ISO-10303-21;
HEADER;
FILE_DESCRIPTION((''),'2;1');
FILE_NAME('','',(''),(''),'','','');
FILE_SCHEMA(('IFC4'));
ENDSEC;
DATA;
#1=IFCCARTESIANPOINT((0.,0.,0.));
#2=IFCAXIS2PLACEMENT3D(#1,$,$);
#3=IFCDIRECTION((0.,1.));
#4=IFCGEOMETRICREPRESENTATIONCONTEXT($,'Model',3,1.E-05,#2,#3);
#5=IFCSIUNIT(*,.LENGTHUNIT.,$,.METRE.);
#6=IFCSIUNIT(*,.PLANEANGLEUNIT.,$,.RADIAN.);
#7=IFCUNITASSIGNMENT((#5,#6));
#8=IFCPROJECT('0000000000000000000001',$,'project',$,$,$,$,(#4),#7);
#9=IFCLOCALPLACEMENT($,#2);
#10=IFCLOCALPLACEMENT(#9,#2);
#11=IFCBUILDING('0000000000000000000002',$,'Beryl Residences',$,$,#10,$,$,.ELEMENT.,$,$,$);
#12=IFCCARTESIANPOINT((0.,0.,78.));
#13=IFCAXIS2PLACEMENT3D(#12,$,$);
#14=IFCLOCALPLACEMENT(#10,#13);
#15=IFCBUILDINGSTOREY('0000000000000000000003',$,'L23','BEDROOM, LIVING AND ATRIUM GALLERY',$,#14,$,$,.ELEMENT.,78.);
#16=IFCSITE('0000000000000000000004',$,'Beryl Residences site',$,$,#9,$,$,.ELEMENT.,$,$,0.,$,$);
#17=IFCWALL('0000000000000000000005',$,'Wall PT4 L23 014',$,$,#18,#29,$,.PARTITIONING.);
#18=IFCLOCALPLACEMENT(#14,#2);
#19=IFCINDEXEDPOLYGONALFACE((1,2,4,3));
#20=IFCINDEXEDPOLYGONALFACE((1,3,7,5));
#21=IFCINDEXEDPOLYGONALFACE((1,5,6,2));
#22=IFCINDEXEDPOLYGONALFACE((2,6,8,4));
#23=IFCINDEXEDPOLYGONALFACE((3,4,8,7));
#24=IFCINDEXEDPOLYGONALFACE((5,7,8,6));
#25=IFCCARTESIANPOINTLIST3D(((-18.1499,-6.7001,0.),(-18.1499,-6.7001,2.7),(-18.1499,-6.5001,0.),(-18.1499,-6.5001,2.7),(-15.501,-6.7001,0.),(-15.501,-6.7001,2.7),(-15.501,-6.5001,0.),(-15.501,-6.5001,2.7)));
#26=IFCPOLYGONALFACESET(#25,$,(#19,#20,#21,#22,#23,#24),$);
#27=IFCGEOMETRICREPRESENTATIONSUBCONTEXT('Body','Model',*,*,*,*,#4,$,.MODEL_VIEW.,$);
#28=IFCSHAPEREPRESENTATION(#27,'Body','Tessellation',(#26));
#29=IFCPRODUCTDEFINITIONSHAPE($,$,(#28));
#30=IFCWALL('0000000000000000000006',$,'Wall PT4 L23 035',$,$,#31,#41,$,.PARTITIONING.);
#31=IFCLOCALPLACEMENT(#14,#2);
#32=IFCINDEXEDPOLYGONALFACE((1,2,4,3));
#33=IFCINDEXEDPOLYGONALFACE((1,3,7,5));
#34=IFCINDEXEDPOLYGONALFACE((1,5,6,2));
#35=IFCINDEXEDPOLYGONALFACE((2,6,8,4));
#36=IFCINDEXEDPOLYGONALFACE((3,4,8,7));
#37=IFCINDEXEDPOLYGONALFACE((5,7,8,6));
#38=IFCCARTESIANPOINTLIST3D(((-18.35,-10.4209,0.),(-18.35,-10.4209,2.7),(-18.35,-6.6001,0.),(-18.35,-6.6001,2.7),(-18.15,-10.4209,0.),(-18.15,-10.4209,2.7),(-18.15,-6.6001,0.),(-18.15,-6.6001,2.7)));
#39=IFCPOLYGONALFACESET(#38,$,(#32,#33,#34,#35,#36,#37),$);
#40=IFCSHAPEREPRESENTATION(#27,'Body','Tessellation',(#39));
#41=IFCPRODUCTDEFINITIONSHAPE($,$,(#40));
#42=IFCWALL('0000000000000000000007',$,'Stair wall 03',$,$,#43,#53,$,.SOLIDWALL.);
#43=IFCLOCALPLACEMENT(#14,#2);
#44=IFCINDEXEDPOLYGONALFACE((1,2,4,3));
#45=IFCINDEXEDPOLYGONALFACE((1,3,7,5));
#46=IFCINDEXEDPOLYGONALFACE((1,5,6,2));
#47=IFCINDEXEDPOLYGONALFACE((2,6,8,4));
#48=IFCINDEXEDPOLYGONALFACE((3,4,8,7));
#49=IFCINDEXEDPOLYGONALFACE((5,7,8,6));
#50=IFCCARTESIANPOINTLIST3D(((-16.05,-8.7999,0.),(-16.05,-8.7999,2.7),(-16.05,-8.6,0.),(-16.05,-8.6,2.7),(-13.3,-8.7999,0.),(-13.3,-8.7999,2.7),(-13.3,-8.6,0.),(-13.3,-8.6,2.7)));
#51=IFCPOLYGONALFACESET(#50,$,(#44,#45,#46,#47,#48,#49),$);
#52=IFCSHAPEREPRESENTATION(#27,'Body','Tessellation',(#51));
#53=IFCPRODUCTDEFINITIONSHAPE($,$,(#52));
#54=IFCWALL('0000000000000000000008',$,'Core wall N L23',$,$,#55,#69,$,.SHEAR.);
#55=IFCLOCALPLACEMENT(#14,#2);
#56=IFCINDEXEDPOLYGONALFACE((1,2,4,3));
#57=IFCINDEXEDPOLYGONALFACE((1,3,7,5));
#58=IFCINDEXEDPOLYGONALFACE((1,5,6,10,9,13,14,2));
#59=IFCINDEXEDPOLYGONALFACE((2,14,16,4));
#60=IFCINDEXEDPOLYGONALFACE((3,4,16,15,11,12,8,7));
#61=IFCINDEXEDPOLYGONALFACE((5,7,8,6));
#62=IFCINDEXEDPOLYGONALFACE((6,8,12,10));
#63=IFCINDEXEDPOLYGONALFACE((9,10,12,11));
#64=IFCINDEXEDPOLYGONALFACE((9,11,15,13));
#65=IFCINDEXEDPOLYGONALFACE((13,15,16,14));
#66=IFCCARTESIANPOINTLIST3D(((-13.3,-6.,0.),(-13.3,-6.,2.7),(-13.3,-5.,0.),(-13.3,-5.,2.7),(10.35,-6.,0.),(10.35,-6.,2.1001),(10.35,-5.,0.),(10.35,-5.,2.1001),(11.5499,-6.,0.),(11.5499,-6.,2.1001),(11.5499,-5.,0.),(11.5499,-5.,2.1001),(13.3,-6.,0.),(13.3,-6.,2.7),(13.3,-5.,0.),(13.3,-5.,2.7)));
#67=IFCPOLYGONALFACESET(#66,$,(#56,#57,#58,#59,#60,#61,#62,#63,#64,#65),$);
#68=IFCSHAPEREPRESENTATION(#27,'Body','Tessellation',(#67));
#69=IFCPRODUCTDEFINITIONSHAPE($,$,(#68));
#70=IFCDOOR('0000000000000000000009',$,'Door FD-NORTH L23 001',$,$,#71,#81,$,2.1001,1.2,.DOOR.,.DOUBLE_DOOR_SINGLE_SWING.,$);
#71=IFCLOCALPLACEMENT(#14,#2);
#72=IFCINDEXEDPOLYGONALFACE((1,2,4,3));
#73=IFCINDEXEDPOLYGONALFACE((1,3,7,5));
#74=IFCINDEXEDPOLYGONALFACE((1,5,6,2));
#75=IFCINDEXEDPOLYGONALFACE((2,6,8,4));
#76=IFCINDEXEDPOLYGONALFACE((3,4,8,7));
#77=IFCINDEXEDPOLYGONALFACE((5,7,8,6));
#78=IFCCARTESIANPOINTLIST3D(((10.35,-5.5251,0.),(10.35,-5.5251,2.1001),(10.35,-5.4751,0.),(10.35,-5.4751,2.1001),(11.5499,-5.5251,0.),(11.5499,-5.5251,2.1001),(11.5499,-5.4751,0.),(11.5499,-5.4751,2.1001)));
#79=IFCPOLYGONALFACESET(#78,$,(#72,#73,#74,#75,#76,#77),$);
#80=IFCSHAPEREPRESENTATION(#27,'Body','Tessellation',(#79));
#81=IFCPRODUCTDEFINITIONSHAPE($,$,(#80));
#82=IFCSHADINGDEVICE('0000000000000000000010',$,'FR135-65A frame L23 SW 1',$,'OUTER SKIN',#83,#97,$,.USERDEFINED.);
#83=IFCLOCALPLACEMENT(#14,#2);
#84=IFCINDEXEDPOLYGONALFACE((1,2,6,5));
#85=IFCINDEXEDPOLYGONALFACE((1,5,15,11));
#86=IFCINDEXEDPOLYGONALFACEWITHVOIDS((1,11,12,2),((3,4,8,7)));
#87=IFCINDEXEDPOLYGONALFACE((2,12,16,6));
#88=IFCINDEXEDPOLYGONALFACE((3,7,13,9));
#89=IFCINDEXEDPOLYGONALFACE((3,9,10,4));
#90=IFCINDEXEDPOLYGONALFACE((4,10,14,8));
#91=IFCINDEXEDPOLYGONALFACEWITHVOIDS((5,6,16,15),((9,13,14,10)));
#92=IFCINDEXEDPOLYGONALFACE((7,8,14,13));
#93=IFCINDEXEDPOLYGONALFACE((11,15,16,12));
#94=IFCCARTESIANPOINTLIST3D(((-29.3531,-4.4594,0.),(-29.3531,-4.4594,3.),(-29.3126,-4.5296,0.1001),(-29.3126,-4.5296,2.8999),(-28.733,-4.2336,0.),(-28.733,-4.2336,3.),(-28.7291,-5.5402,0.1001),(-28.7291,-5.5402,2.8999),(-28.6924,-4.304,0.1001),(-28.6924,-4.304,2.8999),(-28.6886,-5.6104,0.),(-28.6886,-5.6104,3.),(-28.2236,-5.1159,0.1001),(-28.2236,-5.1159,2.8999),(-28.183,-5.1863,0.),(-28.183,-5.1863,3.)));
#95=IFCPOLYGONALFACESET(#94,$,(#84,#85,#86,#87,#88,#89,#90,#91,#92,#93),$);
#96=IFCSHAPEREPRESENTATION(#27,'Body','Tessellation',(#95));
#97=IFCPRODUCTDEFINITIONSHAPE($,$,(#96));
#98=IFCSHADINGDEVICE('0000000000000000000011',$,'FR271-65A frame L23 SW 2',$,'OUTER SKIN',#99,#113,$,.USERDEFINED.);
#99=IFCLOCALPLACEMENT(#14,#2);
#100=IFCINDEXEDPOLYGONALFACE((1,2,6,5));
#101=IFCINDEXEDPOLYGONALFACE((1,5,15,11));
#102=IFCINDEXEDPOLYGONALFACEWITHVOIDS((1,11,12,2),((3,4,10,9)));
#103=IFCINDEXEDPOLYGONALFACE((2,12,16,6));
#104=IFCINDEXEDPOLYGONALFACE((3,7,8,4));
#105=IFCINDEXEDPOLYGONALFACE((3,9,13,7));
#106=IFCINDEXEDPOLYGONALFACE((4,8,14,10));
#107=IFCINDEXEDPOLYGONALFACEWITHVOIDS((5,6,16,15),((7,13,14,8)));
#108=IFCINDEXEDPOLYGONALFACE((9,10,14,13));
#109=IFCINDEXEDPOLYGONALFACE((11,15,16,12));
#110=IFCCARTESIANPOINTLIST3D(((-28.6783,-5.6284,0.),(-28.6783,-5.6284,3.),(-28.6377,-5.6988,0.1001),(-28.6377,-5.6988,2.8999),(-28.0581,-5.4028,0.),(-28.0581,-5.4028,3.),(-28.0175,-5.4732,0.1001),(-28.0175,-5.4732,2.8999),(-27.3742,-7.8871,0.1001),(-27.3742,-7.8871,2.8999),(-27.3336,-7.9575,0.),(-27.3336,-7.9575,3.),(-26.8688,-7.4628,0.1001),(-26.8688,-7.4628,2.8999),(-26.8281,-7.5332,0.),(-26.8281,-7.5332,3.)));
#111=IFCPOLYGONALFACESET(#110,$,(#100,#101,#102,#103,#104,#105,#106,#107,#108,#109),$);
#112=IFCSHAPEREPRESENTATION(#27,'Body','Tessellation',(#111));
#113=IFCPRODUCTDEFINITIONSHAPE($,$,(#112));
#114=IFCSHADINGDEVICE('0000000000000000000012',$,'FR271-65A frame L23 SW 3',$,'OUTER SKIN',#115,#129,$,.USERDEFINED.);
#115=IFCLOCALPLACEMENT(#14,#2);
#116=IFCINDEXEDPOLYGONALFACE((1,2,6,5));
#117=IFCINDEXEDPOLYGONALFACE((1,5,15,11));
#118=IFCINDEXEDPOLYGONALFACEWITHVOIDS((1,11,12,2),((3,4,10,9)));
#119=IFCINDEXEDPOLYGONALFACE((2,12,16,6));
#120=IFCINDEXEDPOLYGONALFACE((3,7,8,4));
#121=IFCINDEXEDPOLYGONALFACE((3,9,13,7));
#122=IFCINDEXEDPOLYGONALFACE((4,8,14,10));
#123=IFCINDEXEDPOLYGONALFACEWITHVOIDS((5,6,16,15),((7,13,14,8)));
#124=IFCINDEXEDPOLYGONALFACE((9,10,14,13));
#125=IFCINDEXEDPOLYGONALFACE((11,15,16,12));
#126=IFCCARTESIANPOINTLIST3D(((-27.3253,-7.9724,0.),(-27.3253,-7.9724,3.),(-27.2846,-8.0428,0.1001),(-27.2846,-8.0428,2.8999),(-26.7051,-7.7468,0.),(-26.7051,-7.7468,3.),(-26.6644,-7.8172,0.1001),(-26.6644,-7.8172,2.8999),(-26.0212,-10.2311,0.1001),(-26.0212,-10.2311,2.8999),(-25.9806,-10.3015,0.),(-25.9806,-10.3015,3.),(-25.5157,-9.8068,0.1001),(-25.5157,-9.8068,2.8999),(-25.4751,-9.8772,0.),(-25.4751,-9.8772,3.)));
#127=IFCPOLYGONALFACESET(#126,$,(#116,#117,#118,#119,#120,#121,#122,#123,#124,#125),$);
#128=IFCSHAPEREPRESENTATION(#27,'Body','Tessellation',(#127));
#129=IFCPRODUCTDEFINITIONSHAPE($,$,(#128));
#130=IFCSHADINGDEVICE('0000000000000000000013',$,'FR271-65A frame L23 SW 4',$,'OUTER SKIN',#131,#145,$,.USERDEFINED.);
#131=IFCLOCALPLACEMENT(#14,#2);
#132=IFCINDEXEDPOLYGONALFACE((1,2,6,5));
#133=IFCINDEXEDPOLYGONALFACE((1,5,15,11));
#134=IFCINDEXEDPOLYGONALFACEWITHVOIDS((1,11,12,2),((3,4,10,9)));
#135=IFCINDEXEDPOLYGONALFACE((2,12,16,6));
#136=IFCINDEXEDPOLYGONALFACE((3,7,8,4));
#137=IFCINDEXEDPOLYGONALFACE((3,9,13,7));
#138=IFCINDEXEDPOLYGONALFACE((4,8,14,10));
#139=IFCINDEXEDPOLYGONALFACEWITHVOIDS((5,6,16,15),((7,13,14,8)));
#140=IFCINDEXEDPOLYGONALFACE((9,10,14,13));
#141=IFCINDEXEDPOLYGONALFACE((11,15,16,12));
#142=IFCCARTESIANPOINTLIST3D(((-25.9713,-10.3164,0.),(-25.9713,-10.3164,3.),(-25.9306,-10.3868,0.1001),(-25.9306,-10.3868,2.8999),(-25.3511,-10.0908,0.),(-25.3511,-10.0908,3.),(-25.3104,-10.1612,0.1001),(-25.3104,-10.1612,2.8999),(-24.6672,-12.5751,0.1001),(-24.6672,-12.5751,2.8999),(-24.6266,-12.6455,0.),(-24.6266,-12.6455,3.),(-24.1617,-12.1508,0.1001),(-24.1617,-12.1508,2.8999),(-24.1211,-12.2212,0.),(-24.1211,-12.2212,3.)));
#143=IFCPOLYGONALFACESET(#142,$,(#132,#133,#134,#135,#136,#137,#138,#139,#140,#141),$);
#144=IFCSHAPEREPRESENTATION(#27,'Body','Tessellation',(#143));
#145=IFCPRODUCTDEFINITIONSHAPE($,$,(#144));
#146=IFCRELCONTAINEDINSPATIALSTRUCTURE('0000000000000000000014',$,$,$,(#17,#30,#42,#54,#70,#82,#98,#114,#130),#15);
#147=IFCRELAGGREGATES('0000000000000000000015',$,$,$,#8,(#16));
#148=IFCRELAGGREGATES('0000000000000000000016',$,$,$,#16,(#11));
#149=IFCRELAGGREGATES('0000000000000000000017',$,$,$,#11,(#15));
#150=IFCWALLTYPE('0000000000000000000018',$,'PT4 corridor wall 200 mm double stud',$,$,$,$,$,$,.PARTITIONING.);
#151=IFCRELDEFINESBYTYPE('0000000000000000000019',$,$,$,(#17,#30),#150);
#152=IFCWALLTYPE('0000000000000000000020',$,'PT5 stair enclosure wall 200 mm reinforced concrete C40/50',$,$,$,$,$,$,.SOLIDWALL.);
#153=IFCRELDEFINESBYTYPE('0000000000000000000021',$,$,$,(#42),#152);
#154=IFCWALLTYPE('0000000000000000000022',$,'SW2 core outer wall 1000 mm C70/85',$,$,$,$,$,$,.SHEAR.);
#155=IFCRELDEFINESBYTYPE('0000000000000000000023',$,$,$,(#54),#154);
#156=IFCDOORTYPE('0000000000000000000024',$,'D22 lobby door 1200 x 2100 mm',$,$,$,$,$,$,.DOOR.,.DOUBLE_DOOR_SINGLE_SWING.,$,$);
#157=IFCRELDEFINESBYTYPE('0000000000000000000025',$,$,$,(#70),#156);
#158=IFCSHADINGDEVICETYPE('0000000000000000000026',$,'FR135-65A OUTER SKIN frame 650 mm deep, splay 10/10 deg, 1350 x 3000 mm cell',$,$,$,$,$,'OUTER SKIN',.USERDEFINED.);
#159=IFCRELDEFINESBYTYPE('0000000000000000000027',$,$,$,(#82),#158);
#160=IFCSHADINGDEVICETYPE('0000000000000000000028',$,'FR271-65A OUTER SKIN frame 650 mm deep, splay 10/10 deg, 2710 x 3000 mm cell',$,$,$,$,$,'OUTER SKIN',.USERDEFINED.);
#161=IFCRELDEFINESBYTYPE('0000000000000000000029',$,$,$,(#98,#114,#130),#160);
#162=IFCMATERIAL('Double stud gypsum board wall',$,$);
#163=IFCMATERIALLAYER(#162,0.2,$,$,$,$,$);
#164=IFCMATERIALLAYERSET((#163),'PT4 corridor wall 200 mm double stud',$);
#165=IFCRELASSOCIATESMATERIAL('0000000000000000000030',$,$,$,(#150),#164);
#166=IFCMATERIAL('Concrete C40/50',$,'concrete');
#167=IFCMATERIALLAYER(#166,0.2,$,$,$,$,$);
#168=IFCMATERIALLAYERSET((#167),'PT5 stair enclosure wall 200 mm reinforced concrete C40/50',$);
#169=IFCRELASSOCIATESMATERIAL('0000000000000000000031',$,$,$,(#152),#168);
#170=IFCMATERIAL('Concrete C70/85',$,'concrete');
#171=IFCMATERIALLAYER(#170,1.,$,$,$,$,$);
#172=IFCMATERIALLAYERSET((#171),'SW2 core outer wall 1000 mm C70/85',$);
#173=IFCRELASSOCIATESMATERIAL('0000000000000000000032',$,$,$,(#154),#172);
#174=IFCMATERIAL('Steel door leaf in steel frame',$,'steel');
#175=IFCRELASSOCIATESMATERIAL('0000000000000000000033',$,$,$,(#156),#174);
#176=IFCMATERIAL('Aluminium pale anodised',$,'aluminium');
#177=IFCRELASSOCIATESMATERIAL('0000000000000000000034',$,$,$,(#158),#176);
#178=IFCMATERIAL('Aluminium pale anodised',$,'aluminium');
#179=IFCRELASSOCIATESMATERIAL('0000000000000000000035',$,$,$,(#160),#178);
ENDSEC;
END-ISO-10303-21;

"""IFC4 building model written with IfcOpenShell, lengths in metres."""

from ifc_helpers import new_model, entity, si_unit, direction, frame, frame_2d, origin, place, context, subcontext, project, spatial, rectangle, extrude, source, transform, mapped, material, layer, layer_set, type_object, type_shapes, element, fill, save


model = new_model("IFC4")

# Units and contexts
model_context = context("Model", 3, precision=1e-05, world=origin(), true_north=direction((0.0, 1.0)))
body_context = subcontext(model_context, "Body", "Model", "MODEL_VIEW")
ifc_project = project(units=[si_unit("LENGTHUNIT", "METRE"), si_unit("PLANEANGLEUNIT", "RADIAN")], contexts=[model_context])

# Site, building, storey
site_placement = place(None, origin())
site = spatial("IfcSite", under=ifc_project, at=site_placement, Name="Beryl Residences site", CompositionType="ELEMENT", RefElevation=0.0)
building_placement = place(site_placement, origin())
building = spatial("IfcBuilding", under=site, at=building_placement, Name="Beryl Residences", CompositionType="ELEMENT")
storey_placement = place(building_placement, frame((0.0, 0.0, 78.0)))
storey = spatial("IfcBuildingStorey", under=building, at=storey_placement, Name="L23", Description="BEDROOM, LIVING AND ATRIUM GALLERY", CompositionType="ELEMENT", Elevation=78.0)

# Walls
ifc_material_1 = material(Name="Double stud gypsum board wall")
ifc_layer_1 = layer(ifc_material_1, 0.2)
ifc_layer_set_1 = layer_set([ifc_layer_1], Name="PT4 corridor wall 200 mm double stud")
wall_type_1 = type_object("IfcWallType", Name="PT4 corridor wall 200 mm double stud", PredefinedType="PARTITIONING", material=ifc_layer_set_1)
wall_1_placement = place(storey_placement, frame((-18.1499, -6.6001, 0.0), z_axis=(0.0, 0.0, 1.0), x_axis=(1.0, 0.0, 0.0)))
element("IfcWall", 1, at=wall_1_placement, inside=storey, type_object=wall_type_1, Name="Wall PT4 L23 014", PredefinedType="PARTITIONING", context=body_context, shape_type="SweptSolid", body=[
    extrude(rectangle(XDim=2.6489, YDim=0.2, at=frame_2d((1.3245, 0.0))), origin(), (0.0, 0.0, 1.0), 2.7),
])
wall_2_placement = place(storey_placement, frame((-18.25, -10.4209, 0.0), z_axis=(0.0, 0.0, 1.0), x_axis=(0.0, 1.0, 0.0)))
element("IfcWall", 2, at=wall_2_placement, inside=storey, type_object=wall_type_1, Name="Wall PT4 L23 035", PredefinedType="PARTITIONING", context=body_context, shape_type="SweptSolid", body=[
    extrude(rectangle(XDim=3.8208, YDim=0.2, at=frame_2d((1.9104, 0.0))), origin(), (0.0, 0.0, 1.0), 2.7),
])
ifc_material_2 = material(Name="Concrete C40/50", Category="concrete")
ifc_layer_2 = layer(ifc_material_2, 0.2)
ifc_layer_set_2 = layer_set([ifc_layer_2], Name="PT5 stair enclosure wall 200 mm reinforced concrete C40/50")
wall_type_2 = type_object("IfcWallType", Name="PT5 stair enclosure wall 200 mm reinforced concrete C40/50", PredefinedType="SOLIDWALL", material=ifc_layer_set_2)
wall_3_placement = place(storey_placement, frame((-16.05, -8.7, 0.0), z_axis=(0.0, 0.0, 1.0), x_axis=(1.0, 0.0, 0.0)))
element("IfcWall", 3, at=wall_3_placement, inside=storey, type_object=wall_type_2, Name="Stair wall 03", PredefinedType="SOLIDWALL", context=body_context, shape_type="SweptSolid", body=[
    extrude(rectangle(XDim=2.75, YDim=0.2, at=frame_2d((1.375, 0.0))), origin(), (0.0, 0.0, 1.0), 2.7),
])

# Wall, opening, door
ifc_material_3 = material(Name="Concrete C70/85", Category="concrete")
ifc_layer_3 = layer(ifc_material_3, 1.0)
ifc_layer_set_3 = layer_set([ifc_layer_3], Name="SW2 core outer wall 1000 mm C70/85")
wall_type_3 = type_object("IfcWallType", Name="SW2 core outer wall 1000 mm C70/85", PredefinedType="SHEAR", material=ifc_layer_set_3)
wall_4_placement = place(storey_placement, frame((-13.3, -5.5, 0.0), z_axis=(0.0, 0.0, 1.0), x_axis=(1.0, 0.0, 0.0)))
wall_4 = element("IfcWall", 4, at=wall_4_placement, inside=storey, type_object=wall_type_3, Name="Core wall N L23", PredefinedType="SHEAR", context=body_context, shape_type="SweptSolid", body=[
    extrude(rectangle(XDim=26.6001, YDim=1.0, at=frame_2d((13.3, 0.0))), origin(), (0.0, 0.0, 1.0), 2.7),
])
opening_1_placement = place(wall_4_placement, frame((23.6499, 0.0, 0.0)))
opening_1 = element("IfcOpeningElement", 5, at=opening_1_placement, cuts=wall_4, PredefinedType="OPENING", context=body_context, shape_type="SweptSolid", body=[
    extrude(rectangle(XDim=1.2, YDim=2.1001, at=frame_2d((0.6001, 1.05))), frame((0.0, 0.51, 0.0), z_axis=(0.0, -1.0, 0.0), x_axis=(1.0, 0.0, 0.0)), (0.0, 0.0, 1.0), 1.02),
])
ifc_material_4 = material(Name="Steel door leaf in steel frame", Category="steel")
door_type_1 = type_object("IfcDoorType", Name="D22 lobby door 1200 x 2100 mm", OperationType="DOUBLE_DOOR_SINGLE_SWING", PredefinedType="DOOR", material=ifc_material_4)
door_1_placement = place(opening_1_placement, origin())
door_1 = element("IfcDoor", 6, at=door_1_placement, inside=storey, type_object=door_type_1, Name="Door FD-NORTH L23 001", OperationType="DOUBLE_DOOR_SINGLE_SWING", OverallHeight=2.1001, OverallWidth=1.2, PredefinedType="DOOR", context=body_context, shape_type="SweptSolid", body=[
    extrude(rectangle(XDim=1.2, YDim=2.1001, at=frame_2d((0.6001, 1.05))), frame((0.0, 0.0249, 0.0), z_axis=(0.0, -1.0, 0.0), x_axis=(1.0, 0.0, 0.0)), (0.0, 0.0, 1.0), 0.05),
])
fill(opening_1, door_1)

# Shading devices
ifc_material_5 = material(Name="Aluminium pale anodised", Category="aluminium")
shading_device_type_1 = type_object("IfcShadingDeviceType", Name="FR135-65A OUTER SKIN frame 650 mm deep, splay 10/10 deg, 1350 x 3000 mm cell", ElementType="OUTER SKIN", PredefinedType="USERDEFINED", material=ifc_material_5)
cartesian_point_1 = entity("IfcCartesianPoint", [-0.55, 0.0])
cartesian_point_2 = entity("IfcCartesianPoint", [-0.4688, 0.1001])
cartesian_point_3 = entity("IfcCartesianPoint", [-0.6646, 0.0])
cartesian_point_4 = entity("IfcCartesianPoint", [-0.5835, 0.1001])
shared_shape_1 = source(origin(), body_context, "Body", "SweptSolid", [
    entity("IfcExtrudedAreaSolidTapered", entity("IfcArbitraryProfileDefWithVoids", "AREA", None, entity("IfcPolyline", [cartesian_point_1, entity("IfcCartesianPoint", [0.55, 0.0]), entity("IfcCartesianPoint", [0.55, 3.0]), entity("IfcCartesianPoint", [-0.55, 3.0]), cartesian_point_1]), [entity("IfcPolyline", [cartesian_point_2, entity("IfcCartesianPoint", [0.4688, 0.1001]), entity("IfcCartesianPoint", [0.4688, 2.8999]), entity("IfcCartesianPoint", [-0.4688, 2.8999]), cartesian_point_2])]), entity("IfcAxis2Placement3D", entity("IfcCartesianPoint", [0.0, 0.0, 0.0]), entity("IfcDirection", [0.0, 1.0, 0.0]), entity("IfcDirection", [-1.0, 0.0, 0.0])), entity("IfcDirection", [0.0, 0.0, 1.0]), 0.6499, entity("IfcArbitraryProfileDefWithVoids", "AREA", None, entity("IfcPolyline", [cartesian_point_3, entity("IfcCartesianPoint", [0.6646, 0.0]), entity("IfcCartesianPoint", [0.6646, 3.0]), entity("IfcCartesianPoint", [-0.6646, 3.0]), cartesian_point_3]), [entity("IfcPolyline", [cartesian_point_4, entity("IfcCartesianPoint", [0.5835, 0.1001]), entity("IfcCartesianPoint", [0.5835, 2.8999]), entity("IfcCartesianPoint", [-0.5835, 2.8999]), cartesian_point_4])])),
])
type_shapes(shading_device_type_1, [shared_shape_1])
shading_device_placement = place(storey_placement, frame((-28.458, -4.71, 0.0), z_axis=(0.0, 0.0, 1.0), x_axis=(-0.5, 0.866025, 0.0)))
element("IfcShadingDevice", 7, at=shading_device_placement, inside=storey, type_object=shading_device_type_1, Name="FR135-65A frame L23 SW 1", ObjectType="OUTER SKIN", PredefinedType="USERDEFINED", context=body_context, shape_type="MappedRepresentation", body=[
    mapped(shared_shape_1, transform((0.0, 0.0, 0.0))),
])
ifc_material_6 = material(Name="Aluminium pale anodised", Category="aluminium")
shading_device_type_2 = type_object("IfcShadingDeviceType", Name="FR271-65A OUTER SKIN frame 650 mm deep, splay 10/10 deg, 2710 x 3000 mm cell", ElementType="OUTER SKIN", PredefinedType="USERDEFINED", material=ifc_material_6)
cartesian_point_5 = entity("IfcCartesianPoint", [-1.23, 0.0])
cartesian_point_6 = entity("IfcCartesianPoint", [-1.1487, 0.1001])
cartesian_point_7 = entity("IfcCartesianPoint", [-1.3447, 0.0])
cartesian_point_8 = entity("IfcCartesianPoint", [-1.2634, 0.1001])
shared_shape_2 = source(origin(), body_context, "Body", "SweptSolid", [
    entity("IfcExtrudedAreaSolidTapered", entity("IfcArbitraryProfileDefWithVoids", "AREA", None, entity("IfcPolyline", [cartesian_point_5, entity("IfcCartesianPoint", [1.23, 0.0]), entity("IfcCartesianPoint", [1.23, 3.0]), entity("IfcCartesianPoint", [-1.23, 3.0]), cartesian_point_5]), [entity("IfcPolyline", [cartesian_point_6, entity("IfcCartesianPoint", [1.1487, 0.1001]), entity("IfcCartesianPoint", [1.1487, 2.8999]), entity("IfcCartesianPoint", [-1.1487, 2.8999]), cartesian_point_6])]), entity("IfcAxis2Placement3D", entity("IfcCartesianPoint", [0.0, 0.0, 0.0]), entity("IfcDirection", [0.0, 1.0, 0.0]), entity("IfcDirection", [-1.0, 0.0, 0.0])), entity("IfcDirection", [0.0, 0.0, 1.0]), 0.6499, entity("IfcArbitraryProfileDefWithVoids", "AREA", None, entity("IfcPolyline", [cartesian_point_7, entity("IfcCartesianPoint", [1.3447, 0.0]), entity("IfcCartesianPoint", [1.3447, 3.0]), entity("IfcCartesianPoint", [-1.3447, 3.0]), cartesian_point_7]), [entity("IfcPolyline", [cartesian_point_8, entity("IfcCartesianPoint", [1.2634, 0.1001]), entity("IfcCartesianPoint", [1.2634, 2.8999]), entity("IfcCartesianPoint", [-1.2634, 2.8999]), cartesian_point_8])])),
])
type_shapes(shading_device_type_2, [shared_shape_2])
for number, where, z_axis, x_axis, name in (
    (8, (-27.4431, -6.468, 0.0), (0.0, 0.0, 1.0), (-0.5, 0.866025, 0.0), "FR271-65A frame L23 SW 2"),
    (9, (-26.0901, -8.812, 0.0), (0.0, 0.0, 1.0), (-0.5, 0.866025, 0.0), "FR271-65A frame L23 SW 3"),
    (10, (-24.7361, -11.156, 0.0), (0.0, 0.0, 1.0), (-0.5, 0.866025, 0.0), "FR271-65A frame L23 SW 4"),
):
    element("IfcShadingDevice", number, at=place(storey_placement, frame(where, z_axis=z_axis, x_axis=x_axis)), inside=storey, type_object=shading_device_type_2, Name=name, ObjectType="OUTER SKIN", PredefinedType="USERDEFINED", context=body_context, shape_type="MappedRepresentation", body=[
        mapped(shared_shape_2, transform((0.0, 0.0, 0.0))),
    ])

save(model, "model.ifc")
